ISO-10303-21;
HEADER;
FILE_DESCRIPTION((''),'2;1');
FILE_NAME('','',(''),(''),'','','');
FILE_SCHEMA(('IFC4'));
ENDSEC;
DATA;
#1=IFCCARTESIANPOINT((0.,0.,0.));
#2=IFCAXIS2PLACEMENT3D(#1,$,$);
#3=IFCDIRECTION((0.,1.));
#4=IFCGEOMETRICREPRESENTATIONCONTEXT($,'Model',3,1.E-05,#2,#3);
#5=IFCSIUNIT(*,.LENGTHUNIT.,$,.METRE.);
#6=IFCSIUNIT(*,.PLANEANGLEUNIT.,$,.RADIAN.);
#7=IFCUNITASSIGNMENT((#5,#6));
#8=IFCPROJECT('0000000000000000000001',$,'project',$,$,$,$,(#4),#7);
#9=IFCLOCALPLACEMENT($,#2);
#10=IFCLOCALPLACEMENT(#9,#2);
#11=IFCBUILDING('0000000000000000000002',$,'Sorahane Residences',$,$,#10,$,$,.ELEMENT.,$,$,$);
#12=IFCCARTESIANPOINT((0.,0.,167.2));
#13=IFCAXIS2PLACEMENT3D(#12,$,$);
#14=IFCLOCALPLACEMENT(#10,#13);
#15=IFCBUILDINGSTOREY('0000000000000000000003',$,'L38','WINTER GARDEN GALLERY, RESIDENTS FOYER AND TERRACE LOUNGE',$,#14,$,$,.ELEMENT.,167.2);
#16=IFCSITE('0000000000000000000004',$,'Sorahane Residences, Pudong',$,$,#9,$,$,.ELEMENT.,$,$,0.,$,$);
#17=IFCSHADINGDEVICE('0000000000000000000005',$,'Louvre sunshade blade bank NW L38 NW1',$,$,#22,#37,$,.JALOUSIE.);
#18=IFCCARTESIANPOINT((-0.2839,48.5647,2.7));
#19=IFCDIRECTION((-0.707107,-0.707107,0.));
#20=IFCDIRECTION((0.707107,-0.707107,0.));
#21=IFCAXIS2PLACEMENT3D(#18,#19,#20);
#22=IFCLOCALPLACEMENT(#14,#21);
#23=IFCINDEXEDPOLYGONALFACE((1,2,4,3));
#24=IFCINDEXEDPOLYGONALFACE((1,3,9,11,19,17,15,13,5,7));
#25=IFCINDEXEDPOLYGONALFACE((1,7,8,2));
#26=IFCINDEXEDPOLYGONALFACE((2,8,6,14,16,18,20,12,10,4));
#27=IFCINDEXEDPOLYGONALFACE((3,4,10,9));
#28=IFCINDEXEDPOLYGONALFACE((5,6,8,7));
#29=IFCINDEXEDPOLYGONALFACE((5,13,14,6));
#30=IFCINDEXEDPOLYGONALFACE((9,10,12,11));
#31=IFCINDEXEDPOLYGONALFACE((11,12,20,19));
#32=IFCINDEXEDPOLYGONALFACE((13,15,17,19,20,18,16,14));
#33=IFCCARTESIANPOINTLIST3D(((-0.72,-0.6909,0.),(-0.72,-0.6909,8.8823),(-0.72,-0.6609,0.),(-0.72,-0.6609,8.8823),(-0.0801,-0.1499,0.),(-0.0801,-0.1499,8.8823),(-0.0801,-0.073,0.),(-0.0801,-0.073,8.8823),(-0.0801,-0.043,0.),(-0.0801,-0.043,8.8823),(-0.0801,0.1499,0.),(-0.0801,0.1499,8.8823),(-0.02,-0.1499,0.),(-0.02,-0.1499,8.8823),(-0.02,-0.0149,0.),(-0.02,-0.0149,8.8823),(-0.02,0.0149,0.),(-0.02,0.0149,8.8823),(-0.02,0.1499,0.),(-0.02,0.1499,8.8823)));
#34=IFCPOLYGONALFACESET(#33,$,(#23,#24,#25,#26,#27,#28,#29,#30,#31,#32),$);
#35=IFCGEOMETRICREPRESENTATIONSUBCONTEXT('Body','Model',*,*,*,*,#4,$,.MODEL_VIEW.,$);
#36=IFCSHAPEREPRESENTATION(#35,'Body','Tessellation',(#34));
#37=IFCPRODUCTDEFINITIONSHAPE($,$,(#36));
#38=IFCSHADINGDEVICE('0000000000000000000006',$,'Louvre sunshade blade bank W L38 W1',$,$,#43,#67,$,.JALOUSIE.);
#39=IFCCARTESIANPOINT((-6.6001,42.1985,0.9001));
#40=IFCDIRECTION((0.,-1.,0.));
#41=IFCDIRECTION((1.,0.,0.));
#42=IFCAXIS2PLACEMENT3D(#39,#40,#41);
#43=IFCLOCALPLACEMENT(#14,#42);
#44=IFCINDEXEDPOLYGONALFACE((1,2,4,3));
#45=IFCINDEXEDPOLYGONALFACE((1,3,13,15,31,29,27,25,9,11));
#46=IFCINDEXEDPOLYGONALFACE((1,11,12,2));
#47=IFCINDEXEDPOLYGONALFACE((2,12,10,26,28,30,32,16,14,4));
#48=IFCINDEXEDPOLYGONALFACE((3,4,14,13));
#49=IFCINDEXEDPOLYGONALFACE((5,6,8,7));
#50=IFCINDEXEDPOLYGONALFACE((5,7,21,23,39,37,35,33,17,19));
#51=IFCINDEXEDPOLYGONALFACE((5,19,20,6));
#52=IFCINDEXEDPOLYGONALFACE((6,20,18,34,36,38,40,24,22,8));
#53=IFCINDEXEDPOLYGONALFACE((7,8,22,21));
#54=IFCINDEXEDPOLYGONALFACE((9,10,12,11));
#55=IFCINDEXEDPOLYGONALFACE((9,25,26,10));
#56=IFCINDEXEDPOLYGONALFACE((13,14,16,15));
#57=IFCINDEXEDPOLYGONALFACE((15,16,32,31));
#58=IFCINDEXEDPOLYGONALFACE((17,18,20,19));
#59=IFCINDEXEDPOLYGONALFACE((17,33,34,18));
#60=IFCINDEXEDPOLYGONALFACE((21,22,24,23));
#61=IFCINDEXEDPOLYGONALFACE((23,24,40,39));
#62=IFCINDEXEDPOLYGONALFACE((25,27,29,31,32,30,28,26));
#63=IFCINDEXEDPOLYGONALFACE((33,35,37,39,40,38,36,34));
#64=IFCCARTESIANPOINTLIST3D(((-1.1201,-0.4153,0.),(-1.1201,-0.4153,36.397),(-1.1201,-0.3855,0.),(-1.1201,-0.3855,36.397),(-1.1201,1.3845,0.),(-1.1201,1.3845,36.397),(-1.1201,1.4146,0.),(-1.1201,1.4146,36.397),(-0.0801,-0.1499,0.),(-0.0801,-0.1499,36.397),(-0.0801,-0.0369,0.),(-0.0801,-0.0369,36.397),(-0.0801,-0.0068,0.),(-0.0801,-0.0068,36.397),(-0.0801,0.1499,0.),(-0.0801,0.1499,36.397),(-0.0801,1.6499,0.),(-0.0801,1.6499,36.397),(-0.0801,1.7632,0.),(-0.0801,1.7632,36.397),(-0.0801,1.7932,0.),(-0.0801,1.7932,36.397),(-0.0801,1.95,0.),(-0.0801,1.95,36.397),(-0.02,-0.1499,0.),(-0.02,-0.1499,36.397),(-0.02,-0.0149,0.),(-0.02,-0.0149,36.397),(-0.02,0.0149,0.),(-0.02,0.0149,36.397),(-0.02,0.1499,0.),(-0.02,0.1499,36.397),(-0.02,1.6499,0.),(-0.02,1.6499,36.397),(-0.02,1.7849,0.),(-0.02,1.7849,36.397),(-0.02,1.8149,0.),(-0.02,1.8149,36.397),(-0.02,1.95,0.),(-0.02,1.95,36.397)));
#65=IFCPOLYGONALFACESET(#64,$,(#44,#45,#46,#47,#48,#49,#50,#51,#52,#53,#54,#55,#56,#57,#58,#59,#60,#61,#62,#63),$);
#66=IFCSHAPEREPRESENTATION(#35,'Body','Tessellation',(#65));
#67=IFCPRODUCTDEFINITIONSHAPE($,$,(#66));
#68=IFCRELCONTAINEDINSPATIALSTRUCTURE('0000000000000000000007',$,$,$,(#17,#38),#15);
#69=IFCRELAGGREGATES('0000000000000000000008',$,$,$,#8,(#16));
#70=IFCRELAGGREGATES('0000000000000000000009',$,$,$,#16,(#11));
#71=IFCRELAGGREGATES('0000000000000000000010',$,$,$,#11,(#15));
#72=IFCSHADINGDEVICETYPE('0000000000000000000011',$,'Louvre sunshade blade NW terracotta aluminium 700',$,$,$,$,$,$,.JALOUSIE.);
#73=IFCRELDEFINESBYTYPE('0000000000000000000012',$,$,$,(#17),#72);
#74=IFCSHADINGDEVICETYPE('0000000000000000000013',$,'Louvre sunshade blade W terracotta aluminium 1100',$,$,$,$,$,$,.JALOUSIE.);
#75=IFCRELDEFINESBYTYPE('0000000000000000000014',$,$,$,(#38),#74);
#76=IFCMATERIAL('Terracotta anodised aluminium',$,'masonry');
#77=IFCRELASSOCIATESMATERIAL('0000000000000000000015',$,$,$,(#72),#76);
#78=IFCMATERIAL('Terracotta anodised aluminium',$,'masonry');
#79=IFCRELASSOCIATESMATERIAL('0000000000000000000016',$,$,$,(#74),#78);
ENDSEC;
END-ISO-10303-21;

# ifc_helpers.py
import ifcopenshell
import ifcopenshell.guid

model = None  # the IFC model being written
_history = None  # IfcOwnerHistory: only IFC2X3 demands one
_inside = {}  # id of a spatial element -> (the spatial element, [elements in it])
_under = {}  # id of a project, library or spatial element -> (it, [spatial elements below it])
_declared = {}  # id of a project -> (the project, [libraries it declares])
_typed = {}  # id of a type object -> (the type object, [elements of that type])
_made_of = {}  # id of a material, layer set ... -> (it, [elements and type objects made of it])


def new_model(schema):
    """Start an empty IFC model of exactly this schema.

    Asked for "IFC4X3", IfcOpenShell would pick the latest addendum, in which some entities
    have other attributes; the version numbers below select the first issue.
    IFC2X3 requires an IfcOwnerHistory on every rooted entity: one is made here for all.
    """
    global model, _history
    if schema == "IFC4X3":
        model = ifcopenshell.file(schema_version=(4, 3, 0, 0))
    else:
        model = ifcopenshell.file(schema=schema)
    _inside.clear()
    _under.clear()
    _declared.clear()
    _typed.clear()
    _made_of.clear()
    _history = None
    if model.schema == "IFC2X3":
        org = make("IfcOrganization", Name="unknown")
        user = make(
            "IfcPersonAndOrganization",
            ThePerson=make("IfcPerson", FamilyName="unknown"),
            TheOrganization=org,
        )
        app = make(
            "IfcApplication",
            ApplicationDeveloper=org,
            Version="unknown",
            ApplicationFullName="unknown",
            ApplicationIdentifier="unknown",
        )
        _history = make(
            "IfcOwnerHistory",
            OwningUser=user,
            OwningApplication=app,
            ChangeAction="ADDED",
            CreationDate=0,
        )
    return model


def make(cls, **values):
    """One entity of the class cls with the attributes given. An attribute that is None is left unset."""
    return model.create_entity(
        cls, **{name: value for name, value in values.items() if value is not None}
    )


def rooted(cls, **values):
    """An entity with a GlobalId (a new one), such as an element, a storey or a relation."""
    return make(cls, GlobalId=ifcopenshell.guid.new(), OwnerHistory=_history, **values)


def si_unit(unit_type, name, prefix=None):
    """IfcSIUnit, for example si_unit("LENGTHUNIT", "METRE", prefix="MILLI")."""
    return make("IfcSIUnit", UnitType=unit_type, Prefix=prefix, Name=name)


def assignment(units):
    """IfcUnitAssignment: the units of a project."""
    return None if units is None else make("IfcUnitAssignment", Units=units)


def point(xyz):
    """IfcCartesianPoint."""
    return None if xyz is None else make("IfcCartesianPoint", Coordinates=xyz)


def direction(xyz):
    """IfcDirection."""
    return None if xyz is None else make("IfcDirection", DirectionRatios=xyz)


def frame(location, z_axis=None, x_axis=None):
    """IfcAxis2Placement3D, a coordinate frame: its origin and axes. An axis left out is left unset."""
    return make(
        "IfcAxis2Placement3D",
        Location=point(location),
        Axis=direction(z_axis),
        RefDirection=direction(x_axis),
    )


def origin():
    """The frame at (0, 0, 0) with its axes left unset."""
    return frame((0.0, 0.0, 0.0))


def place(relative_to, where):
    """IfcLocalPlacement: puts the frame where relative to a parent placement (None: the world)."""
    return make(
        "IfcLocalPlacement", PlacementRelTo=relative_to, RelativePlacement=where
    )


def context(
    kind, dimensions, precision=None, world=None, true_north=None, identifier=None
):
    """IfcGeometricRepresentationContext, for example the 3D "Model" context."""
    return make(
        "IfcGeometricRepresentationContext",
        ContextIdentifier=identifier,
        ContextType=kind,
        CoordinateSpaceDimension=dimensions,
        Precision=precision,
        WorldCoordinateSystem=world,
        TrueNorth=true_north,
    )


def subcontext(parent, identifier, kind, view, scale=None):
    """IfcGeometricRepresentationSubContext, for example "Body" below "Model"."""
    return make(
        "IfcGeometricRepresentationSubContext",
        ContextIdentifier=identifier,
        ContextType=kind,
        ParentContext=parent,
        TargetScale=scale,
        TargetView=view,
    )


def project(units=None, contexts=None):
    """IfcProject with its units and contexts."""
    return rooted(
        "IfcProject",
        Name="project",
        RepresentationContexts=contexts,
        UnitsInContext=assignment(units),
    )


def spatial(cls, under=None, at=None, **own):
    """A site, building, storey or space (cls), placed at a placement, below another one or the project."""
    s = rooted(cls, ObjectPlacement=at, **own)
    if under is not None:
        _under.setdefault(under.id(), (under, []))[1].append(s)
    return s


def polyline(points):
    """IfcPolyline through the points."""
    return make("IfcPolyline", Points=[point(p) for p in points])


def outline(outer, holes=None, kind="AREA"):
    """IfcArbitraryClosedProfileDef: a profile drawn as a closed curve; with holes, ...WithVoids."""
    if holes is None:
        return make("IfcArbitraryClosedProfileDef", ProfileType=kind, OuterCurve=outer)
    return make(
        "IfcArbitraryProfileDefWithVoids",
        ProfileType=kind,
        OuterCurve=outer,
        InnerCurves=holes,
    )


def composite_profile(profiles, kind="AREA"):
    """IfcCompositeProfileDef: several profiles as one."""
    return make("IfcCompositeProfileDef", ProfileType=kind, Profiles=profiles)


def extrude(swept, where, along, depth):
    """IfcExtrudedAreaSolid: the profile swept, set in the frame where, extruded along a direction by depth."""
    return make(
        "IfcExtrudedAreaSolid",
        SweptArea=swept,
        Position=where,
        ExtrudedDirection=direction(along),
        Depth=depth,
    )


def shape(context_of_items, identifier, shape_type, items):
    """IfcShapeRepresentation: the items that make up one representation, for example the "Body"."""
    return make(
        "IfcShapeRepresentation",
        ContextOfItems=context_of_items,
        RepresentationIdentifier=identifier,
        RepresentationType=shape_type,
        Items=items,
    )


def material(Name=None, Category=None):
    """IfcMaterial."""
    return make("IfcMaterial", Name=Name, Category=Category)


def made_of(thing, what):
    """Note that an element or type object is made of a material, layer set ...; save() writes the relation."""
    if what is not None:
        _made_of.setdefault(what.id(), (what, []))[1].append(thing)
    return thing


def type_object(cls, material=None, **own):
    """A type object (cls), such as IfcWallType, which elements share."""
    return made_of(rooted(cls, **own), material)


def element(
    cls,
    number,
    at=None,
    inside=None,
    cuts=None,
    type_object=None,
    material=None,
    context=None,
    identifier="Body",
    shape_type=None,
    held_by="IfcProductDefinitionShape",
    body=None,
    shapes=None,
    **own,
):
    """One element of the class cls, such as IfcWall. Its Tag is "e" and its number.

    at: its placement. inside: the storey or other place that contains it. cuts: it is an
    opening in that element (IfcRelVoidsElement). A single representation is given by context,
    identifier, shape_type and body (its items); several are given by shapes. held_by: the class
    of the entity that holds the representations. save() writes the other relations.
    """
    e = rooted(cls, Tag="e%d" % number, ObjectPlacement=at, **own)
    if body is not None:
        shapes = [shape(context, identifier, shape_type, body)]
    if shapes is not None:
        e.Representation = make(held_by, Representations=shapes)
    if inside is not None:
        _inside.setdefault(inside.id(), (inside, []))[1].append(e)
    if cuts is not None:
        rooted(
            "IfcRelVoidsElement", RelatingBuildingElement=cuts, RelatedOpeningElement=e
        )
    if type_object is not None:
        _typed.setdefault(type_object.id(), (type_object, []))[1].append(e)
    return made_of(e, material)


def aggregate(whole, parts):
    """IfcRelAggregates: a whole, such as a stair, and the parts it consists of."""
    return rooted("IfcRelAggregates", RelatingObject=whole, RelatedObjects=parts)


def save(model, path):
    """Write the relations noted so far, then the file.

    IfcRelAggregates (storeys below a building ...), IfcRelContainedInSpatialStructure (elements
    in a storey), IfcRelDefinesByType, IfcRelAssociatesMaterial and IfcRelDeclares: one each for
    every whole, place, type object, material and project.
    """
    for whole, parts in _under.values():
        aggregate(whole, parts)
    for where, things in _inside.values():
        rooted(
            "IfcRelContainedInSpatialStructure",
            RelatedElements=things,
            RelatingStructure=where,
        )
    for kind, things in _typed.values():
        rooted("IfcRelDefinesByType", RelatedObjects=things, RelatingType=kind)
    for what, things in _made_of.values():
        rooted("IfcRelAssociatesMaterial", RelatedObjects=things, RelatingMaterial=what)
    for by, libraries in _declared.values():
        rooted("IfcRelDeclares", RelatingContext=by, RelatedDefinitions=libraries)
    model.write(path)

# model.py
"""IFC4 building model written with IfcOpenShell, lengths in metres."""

from ifc_helpers import new_model, si_unit, direction, frame, origin, place, context, subcontext, project, spatial, polyline, outline, composite_profile, extrude, material, type_object, element, save


model = new_model("IFC4")

# Units and contexts
model_context = context("Model", 3, precision=1e-05, world=origin(), true_north=direction((0.0, 1.0)))
body_context = subcontext(model_context, "Body", "Model", "MODEL_VIEW")
ifc_project = project(units=[si_unit("LENGTHUNIT", "METRE"), si_unit("PLANEANGLEUNIT", "RADIAN")], contexts=[model_context])

# Site, building, storey
site_placement = place(None, origin())
site = spatial("IfcSite", under=ifc_project, at=site_placement, Name="Sorahane Residences, Pudong", CompositionType="ELEMENT", RefElevation=0.0)
building_placement = place(site_placement, origin())
building = spatial("IfcBuilding", under=site, at=building_placement, Name="Sorahane Residences", CompositionType="ELEMENT")
storey_placement = place(building_placement, frame((0.0, 0.0, 167.2)))
storey = spatial("IfcBuildingStorey", under=building, at=storey_placement, Name="L38", Description="WINTER GARDEN GALLERY, RESIDENTS FOYER AND TERRACE LOUNGE", CompositionType="ELEMENT", Elevation=167.2)

# Shading devices
ifc_material_1 = material(Name="Terracotta anodised aluminium", Category="masonry")
shading_device_type_1 = type_object("IfcShadingDeviceType", Name="Louvre sunshade blade NW terracotta aluminium 700", PredefinedType="JALOUSIE", material=ifc_material_1)
shading_device_1_placement = place(storey_placement, frame((-0.2839, 48.5647, 2.7), z_axis=(-0.707107, -0.707107, 0.0), x_axis=(0.707107, -0.707107, 0.0)))
element("IfcShadingDevice", 1, at=shading_device_1_placement, inside=storey, type_object=shading_device_type_1, Name="Louvre sunshade blade bank NW L38 NW1", PredefinedType="JALOUSIE", context=body_context, shape_type="SweptSolid", body=[
    extrude(outline(polyline([(-0.72, -0.6609), (-0.72, -0.6909), (-0.0801, -0.073), (-0.0801, -0.1499), (-0.02, -0.1499), (-0.02, -0.0149), (-0.02, 0.0149), (-0.02, 0.1499), (-0.0801, 0.1499), (-0.0801, -0.043), (-0.72, -0.6609)])), origin(), (0.0, 0.0, 1.0), 8.8823),
])
ifc_material_2 = material(Name="Terracotta anodised aluminium", Category="masonry")
shading_device_type_2 = type_object("IfcShadingDeviceType", Name="Louvre sunshade blade W terracotta aluminium 1100", PredefinedType="JALOUSIE", material=ifc_material_2)
shading_device_2_placement = place(storey_placement, frame((-6.6001, 42.1985, 0.9001), z_axis=(0.0, -1.0, 0.0), x_axis=(1.0, 0.0, 0.0)))
element("IfcShadingDevice", 2, at=shading_device_2_placement, inside=storey, type_object=shading_device_type_2, Name="Louvre sunshade blade bank W L38 W1", PredefinedType="JALOUSIE", context=body_context, shape_type="SweptSolid", body=[
    extrude(composite_profile([outline(polyline([(-1.1201, -0.3855), (-1.1201, -0.4153), (-0.0801, -0.0369), (-0.0801, -0.1499), (-0.02, -0.1499), (-0.02, -0.0149), (-0.02, 0.0149), (-0.02, 0.1499), (-0.0801, 0.1499), (-0.0801, -0.0068), (-1.1201, -0.3855)])), outline(polyline([(-1.1201, 1.4146), (-1.1201, 1.3845), (-0.0801, 1.7632), (-0.0801, 1.6499), (-0.02, 1.6499), (-0.02, 1.7849), (-0.02, 1.8149), (-0.02, 1.95), (-0.0801, 1.95), (-0.0801, 1.7932), (-1.1201, 1.4146)]))]), origin(), (0.0, 0.0, 1.0), 36.397),
])

save(model, "model.ifc")
